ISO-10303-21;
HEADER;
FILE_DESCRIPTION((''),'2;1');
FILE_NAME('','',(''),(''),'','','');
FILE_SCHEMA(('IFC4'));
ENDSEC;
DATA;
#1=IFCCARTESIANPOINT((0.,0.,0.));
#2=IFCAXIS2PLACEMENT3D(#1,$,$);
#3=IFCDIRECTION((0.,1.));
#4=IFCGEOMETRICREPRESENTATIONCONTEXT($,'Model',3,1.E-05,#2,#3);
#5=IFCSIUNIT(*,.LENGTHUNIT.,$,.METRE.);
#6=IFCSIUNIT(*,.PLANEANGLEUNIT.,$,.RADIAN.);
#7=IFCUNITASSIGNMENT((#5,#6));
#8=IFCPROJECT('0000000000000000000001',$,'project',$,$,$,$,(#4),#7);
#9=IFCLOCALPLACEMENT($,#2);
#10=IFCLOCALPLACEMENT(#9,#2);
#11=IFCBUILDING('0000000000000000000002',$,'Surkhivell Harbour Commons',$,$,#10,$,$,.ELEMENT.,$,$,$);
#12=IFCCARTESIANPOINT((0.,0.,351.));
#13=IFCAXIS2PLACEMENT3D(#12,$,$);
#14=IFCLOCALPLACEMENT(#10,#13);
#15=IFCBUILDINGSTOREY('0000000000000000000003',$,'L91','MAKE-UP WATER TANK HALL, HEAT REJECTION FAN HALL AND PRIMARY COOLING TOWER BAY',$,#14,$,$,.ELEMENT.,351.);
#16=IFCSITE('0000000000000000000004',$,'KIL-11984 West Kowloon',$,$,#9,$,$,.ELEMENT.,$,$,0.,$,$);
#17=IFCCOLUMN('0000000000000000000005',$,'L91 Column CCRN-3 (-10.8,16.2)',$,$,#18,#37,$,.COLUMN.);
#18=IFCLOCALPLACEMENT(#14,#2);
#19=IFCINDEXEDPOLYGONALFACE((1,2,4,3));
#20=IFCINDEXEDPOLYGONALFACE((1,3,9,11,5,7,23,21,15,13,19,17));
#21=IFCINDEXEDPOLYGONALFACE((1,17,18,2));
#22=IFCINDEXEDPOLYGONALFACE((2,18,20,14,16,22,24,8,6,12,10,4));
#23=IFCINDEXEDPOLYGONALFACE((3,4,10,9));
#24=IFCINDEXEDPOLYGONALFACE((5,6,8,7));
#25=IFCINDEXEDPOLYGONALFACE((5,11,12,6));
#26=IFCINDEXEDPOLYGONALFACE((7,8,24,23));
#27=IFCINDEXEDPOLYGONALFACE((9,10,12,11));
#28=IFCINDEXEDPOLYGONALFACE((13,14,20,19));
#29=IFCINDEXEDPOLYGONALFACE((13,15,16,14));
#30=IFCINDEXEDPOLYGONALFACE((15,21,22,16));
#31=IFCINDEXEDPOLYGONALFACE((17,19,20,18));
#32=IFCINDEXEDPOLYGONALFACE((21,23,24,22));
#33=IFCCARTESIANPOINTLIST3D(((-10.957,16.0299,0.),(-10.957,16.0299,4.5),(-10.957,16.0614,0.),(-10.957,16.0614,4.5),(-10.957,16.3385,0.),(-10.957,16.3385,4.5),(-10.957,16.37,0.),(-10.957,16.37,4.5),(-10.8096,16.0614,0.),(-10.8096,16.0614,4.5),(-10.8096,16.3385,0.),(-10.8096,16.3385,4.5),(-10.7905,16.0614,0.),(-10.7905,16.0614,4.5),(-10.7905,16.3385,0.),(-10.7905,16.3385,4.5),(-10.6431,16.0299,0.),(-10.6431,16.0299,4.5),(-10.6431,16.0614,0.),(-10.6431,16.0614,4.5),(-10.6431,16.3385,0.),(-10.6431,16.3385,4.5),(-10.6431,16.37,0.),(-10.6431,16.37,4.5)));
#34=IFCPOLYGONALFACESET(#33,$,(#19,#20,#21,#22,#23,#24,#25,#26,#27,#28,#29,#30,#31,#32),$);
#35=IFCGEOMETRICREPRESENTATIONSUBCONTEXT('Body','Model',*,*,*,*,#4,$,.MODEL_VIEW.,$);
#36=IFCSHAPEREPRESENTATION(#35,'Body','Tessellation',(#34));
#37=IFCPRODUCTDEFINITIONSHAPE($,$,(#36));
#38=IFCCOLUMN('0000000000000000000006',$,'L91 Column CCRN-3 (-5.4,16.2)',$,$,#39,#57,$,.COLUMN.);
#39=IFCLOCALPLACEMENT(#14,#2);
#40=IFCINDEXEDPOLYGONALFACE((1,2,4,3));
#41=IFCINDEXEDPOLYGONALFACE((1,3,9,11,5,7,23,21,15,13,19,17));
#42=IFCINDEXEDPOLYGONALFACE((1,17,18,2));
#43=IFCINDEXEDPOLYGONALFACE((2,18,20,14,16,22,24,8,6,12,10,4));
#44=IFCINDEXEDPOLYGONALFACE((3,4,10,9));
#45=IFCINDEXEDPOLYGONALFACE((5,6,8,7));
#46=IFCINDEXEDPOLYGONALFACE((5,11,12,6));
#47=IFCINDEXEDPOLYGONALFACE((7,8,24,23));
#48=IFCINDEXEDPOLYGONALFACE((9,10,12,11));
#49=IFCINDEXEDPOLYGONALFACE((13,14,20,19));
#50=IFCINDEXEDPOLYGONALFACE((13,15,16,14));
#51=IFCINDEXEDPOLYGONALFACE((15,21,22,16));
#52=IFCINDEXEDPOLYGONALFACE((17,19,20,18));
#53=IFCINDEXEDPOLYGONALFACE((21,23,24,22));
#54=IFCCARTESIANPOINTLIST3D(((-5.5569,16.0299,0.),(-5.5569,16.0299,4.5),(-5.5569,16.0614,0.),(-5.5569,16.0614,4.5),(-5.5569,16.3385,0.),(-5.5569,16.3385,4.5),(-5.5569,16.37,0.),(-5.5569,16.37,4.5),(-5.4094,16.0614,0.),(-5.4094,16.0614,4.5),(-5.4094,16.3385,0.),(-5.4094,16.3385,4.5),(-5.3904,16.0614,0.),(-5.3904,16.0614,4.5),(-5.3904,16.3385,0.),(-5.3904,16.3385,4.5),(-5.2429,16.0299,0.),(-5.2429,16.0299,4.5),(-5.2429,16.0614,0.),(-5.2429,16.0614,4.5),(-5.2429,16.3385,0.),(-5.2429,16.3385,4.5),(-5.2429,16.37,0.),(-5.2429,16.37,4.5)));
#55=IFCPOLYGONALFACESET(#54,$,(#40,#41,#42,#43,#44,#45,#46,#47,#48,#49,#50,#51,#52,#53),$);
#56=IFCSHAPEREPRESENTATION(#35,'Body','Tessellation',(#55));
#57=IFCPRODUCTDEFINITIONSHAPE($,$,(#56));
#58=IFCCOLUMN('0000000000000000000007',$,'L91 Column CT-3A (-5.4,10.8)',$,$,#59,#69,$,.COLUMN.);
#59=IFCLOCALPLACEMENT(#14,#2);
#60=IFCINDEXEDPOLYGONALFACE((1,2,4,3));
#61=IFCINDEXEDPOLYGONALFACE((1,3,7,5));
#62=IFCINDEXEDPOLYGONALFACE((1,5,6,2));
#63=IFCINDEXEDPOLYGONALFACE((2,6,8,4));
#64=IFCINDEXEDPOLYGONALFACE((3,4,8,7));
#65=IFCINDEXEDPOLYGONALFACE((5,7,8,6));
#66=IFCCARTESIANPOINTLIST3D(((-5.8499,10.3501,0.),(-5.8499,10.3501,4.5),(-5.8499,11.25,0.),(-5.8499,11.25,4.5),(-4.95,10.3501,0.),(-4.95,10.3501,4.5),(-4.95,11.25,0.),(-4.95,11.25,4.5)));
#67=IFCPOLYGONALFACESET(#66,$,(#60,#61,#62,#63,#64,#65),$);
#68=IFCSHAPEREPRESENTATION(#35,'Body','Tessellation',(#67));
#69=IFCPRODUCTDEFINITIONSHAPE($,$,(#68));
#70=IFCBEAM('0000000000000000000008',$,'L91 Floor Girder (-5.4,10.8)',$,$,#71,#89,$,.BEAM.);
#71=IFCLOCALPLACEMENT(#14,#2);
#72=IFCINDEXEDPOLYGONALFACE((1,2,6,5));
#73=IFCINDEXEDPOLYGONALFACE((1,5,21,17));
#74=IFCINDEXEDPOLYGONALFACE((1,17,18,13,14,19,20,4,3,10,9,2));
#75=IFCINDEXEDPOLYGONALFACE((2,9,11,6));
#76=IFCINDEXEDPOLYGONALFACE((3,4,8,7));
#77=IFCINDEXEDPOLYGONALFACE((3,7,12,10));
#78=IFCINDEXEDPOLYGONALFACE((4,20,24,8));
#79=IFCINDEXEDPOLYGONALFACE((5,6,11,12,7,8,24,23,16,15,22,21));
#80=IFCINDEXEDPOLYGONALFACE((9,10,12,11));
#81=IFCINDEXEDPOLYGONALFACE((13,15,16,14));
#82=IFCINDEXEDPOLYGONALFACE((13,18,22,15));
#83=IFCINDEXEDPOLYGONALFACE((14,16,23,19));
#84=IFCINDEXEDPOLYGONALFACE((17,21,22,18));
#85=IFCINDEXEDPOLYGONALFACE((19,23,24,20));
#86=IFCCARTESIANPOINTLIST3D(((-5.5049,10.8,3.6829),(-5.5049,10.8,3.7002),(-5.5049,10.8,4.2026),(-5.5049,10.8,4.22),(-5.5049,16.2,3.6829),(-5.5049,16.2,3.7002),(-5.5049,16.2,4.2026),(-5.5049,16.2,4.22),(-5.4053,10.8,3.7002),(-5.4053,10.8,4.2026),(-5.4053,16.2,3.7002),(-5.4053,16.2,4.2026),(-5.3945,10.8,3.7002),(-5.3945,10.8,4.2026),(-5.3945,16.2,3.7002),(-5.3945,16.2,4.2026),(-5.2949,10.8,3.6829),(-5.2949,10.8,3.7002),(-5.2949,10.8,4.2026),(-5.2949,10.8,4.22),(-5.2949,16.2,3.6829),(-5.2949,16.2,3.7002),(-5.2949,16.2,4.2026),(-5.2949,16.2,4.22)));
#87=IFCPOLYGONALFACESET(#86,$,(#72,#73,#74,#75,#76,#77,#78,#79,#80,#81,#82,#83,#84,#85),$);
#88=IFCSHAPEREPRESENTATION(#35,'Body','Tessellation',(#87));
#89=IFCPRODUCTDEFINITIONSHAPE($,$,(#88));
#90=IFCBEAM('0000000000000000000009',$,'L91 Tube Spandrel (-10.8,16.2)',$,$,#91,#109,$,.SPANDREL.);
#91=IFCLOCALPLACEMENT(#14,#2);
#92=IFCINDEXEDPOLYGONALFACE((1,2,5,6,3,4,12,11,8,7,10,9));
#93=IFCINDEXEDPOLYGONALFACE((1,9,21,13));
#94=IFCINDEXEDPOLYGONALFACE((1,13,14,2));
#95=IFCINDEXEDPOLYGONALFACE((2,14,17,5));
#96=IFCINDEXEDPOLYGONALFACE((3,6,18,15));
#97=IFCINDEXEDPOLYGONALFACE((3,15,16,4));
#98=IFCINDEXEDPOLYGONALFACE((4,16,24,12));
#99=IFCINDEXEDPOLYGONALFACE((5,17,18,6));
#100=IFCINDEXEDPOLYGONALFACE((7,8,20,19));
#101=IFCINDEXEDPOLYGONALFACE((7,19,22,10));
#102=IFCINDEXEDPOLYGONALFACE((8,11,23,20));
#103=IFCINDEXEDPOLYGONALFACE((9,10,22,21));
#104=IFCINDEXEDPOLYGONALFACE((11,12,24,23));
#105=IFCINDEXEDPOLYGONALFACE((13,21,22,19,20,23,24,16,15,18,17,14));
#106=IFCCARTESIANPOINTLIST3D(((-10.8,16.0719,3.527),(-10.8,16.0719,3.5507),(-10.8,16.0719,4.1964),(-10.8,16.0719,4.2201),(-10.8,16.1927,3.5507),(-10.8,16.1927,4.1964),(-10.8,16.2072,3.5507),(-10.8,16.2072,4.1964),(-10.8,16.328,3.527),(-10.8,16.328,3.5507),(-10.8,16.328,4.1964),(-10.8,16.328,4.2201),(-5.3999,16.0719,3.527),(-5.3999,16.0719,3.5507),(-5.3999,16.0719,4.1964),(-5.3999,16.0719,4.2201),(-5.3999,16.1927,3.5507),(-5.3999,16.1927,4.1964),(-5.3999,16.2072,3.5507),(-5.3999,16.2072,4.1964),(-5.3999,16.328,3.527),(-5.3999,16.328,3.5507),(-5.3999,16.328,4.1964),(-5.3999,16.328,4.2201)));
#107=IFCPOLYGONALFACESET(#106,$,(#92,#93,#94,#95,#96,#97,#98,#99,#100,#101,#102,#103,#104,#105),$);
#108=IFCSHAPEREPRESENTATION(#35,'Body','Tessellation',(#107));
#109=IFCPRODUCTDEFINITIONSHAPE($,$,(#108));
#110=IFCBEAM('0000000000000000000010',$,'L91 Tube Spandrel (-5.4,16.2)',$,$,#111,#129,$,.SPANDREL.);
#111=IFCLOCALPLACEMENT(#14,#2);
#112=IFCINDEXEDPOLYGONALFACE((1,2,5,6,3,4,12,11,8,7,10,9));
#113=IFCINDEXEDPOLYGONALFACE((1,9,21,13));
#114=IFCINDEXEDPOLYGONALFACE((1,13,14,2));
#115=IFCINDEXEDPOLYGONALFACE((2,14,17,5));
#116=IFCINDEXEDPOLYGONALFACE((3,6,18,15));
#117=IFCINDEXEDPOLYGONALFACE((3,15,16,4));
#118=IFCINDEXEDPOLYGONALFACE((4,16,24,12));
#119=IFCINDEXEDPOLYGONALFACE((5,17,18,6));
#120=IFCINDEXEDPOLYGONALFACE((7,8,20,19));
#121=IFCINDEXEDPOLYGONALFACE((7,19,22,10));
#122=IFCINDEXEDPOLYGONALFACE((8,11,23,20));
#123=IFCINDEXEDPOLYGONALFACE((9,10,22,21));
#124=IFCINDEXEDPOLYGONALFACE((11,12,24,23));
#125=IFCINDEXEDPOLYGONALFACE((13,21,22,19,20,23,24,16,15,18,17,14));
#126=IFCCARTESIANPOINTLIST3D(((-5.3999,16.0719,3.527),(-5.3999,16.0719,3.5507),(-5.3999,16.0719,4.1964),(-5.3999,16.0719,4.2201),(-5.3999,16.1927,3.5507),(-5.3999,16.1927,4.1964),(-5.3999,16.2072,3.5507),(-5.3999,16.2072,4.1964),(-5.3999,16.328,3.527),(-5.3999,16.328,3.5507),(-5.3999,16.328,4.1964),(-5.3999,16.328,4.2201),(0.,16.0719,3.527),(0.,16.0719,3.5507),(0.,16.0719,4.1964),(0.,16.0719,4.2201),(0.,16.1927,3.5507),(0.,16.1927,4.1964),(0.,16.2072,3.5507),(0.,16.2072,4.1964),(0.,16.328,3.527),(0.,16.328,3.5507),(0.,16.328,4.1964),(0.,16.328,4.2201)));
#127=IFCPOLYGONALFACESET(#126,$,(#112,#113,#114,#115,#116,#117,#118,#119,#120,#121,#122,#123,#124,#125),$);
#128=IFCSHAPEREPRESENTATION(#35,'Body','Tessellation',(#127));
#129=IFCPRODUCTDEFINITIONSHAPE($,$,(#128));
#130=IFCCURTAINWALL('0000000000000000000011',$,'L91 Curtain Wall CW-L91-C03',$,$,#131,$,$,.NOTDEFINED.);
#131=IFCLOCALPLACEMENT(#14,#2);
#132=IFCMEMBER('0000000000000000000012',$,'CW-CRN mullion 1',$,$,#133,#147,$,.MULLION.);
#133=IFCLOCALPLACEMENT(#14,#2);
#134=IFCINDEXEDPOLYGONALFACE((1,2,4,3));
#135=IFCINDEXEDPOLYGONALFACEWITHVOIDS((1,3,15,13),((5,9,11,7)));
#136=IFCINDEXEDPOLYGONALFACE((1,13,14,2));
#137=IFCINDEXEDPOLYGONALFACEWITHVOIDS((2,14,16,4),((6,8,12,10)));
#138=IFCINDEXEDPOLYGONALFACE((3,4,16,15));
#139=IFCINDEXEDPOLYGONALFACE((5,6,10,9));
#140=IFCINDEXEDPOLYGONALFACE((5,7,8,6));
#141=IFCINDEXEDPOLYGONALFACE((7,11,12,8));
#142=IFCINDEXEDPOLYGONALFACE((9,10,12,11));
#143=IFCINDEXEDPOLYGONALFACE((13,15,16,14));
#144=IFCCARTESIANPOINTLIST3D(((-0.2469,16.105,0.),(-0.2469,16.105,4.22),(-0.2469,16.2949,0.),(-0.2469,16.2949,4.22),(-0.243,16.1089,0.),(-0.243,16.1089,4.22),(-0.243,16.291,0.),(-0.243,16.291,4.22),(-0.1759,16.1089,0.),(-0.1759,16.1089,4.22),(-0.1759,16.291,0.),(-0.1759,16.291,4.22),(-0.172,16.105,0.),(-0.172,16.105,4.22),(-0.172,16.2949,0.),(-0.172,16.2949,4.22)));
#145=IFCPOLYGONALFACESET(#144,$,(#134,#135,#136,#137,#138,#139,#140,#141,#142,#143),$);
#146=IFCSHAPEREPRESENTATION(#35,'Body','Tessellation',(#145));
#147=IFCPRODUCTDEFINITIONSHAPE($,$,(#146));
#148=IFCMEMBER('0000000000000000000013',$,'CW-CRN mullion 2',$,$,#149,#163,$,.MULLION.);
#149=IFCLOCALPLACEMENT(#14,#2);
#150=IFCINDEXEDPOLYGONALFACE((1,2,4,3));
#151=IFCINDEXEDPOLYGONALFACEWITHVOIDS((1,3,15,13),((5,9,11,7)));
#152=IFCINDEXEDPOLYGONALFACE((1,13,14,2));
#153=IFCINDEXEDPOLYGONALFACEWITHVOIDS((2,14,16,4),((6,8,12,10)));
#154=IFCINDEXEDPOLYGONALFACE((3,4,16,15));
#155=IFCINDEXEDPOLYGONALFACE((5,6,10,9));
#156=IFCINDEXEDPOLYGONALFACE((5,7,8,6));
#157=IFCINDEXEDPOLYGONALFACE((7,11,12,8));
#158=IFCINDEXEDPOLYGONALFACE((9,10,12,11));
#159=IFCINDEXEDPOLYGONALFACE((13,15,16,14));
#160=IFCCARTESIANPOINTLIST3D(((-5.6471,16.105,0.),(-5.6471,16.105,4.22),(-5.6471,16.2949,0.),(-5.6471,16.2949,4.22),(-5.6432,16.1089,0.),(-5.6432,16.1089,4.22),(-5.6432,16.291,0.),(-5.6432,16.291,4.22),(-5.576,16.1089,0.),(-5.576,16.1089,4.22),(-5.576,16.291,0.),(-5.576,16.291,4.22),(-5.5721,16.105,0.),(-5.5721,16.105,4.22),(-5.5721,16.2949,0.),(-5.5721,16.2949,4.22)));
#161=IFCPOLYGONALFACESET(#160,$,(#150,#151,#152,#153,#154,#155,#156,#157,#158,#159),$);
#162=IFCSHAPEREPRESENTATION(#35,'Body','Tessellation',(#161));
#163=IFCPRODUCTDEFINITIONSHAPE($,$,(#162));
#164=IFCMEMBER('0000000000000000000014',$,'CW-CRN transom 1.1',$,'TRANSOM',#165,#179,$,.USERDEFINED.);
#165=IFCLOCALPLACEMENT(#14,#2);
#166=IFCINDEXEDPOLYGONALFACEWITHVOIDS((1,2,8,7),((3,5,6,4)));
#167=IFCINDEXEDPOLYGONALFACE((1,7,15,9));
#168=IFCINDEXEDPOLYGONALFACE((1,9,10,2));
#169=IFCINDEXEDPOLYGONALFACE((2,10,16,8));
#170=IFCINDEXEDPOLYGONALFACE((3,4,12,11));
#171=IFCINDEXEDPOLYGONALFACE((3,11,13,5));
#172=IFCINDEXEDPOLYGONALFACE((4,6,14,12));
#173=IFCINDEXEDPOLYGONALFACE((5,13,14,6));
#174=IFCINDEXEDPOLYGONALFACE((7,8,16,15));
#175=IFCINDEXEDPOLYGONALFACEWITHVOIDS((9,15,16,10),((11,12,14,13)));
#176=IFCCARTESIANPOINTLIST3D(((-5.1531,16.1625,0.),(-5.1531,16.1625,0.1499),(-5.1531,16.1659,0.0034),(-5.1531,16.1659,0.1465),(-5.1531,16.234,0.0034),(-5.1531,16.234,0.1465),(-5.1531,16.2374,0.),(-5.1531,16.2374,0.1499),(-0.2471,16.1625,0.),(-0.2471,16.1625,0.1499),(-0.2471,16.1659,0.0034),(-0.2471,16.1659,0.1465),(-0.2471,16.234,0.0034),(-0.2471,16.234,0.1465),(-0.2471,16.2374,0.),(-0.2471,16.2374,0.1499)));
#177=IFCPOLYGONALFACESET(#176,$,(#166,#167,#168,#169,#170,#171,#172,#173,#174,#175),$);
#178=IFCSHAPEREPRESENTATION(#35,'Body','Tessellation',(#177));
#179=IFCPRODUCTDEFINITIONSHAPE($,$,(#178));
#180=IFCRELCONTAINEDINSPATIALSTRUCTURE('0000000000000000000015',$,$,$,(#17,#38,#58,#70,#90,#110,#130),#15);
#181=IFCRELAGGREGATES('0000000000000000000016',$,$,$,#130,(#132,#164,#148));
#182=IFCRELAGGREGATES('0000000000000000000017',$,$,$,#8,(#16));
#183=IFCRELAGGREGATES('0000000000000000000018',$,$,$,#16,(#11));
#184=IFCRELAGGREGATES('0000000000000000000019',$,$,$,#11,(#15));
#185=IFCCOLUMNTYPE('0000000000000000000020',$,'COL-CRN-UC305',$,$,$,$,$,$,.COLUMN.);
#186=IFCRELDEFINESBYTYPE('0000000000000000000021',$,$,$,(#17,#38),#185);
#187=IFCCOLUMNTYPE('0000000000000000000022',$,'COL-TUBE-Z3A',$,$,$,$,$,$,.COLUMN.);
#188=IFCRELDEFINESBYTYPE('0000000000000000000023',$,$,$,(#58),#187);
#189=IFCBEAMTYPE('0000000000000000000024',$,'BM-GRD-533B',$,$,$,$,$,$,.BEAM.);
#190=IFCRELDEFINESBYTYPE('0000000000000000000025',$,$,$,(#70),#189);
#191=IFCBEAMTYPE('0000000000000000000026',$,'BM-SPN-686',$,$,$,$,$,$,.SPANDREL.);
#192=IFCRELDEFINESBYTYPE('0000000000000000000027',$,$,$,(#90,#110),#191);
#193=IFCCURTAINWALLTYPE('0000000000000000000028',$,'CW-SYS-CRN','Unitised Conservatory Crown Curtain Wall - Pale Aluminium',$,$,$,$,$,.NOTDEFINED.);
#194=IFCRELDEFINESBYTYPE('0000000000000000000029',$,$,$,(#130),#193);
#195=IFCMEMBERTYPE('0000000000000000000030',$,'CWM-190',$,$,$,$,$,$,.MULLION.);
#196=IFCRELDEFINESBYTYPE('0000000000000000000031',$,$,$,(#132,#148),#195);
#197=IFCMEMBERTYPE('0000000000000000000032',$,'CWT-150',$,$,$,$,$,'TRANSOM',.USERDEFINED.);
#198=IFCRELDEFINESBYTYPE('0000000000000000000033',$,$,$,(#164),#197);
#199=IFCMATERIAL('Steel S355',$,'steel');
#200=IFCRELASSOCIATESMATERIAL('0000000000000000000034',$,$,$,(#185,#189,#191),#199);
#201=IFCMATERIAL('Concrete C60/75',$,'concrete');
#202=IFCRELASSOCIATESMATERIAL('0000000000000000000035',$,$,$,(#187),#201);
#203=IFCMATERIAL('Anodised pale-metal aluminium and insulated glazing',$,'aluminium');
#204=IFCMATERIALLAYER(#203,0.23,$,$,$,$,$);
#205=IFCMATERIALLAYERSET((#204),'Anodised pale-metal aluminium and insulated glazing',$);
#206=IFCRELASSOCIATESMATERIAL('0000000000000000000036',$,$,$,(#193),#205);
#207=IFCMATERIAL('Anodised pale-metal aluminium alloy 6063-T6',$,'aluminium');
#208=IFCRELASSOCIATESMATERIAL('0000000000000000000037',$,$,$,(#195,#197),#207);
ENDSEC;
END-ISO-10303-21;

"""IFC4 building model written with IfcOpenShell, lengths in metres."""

from ifc_helpers import new_model, si_unit, direction, frame, origin, origin_2d, place, context, subcontext, project, spatial, rectangle, hollow_rectangle, i_section, extrude, material, layer, layer_set, material_profile, profile_set, type_object, element, aggregate, save


model = new_model("IFC4")

# Units and contexts
model_context = context("Model", 3, precision=1e-05, world=origin(), true_north=direction((0.0, 1.0)))
body_context = subcontext(model_context, "Body", "Model", "MODEL_VIEW")
ifc_project = project(units=[si_unit("LENGTHUNIT", "METRE"), si_unit("PLANEANGLEUNIT", "RADIAN")], contexts=[model_context])

# Site, building, storey
site_placement = place(None, origin())
site = spatial("IfcSite", under=ifc_project, at=site_placement, Name="KIL-11984 West Kowloon", CompositionType="ELEMENT", RefElevation=0.0)
building_placement = place(site_placement, origin())
building = spatial("IfcBuilding", under=site, at=building_placement, Name="Surkhivell Harbour Commons", CompositionType="ELEMENT")
storey_placement = place(building_placement, frame((0.0, 0.0, 351.0)))
storey = spatial("IfcBuildingStorey", under=building, at=storey_placement, Name="L91", Description="MAKE-UP WATER TANK HALL, HEAT REJECTION FAN HALL AND PRIMARY COOLING TOWER BAY", CompositionType="ELEMENT", Elevation=351.0)

# Columns
ifc_material_1 = material(Name="Steel S355", Category="steel")
ifc_material_profile_1 = material_profile(ifc_material_1, i_section(OverallWidth=0.314, OverallDepth=0.3401, WebThickness=0.019, FlangeThickness=0.0315, at=origin_2d()), Name="UC305x305x198")
ifc_profile_set_1 = profile_set([ifc_material_profile_1], Name="Steel S355")
column_type_1 = type_object("IfcColumnType", Name="COL-CRN-UC305", PredefinedType="COLUMN", material=ifc_profile_set_1)
for number, where, z_axis, x_axis, name in (
    (1, (-10.8, 16.2, 0.0), (0.0, 0.0, 1.0), (1.0, 0.0, 0.0), "L91 Column CCRN-3 (-10.8,16.2)"),
    (2, (-5.3999, 16.2, 0.0), (0.0, 0.0, 1.0), (1.0, 0.0, 0.0), "L91 Column CCRN-3 (-5.4,16.2)"),
):
    element("IfcColumn", number, at=place(storey_placement, frame(where, z_axis=z_axis, x_axis=x_axis)), inside=storey, type_object=column_type_1, Name=name, PredefinedType="COLUMN", context=body_context, shape_type="SweptSolid", body=[
        extrude(i_section(OverallWidth=0.314, OverallDepth=0.3401, WebThickness=0.019, FlangeThickness=0.0315, at=origin_2d()), origin(), (0.0, 0.0, 1.0), 4.5),
    ])
ifc_material_2 = material(Name="Concrete C60/75", Category="concrete")
ifc_material_profile_2 = material_profile(ifc_material_2, rectangle(XDim=0.8999, YDim=0.8999, at=origin_2d()), Name="RC-COL-900x900")
ifc_profile_set_2 = profile_set([ifc_material_profile_2], Name="Concrete C60/75")
column_type_2 = type_object("IfcColumnType", Name="COL-TUBE-Z3A", PredefinedType="COLUMN", material=ifc_profile_set_2)
column_placement = place(storey_placement, frame((-5.3999, 10.8, 0.0), z_axis=(0.0, 0.0, 1.0), x_axis=(1.0, 0.0, 0.0)))
element("IfcColumn", 3, at=column_placement, inside=storey, type_object=column_type_2, Name="L91 Column CT-3A (-5.4,10.8)", PredefinedType="COLUMN", context=body_context, shape_type="SweptSolid", body=[
    extrude(rectangle(XDim=0.8999, YDim=0.8999, at=origin_2d()), origin(), (0.0, 0.0, 1.0), 4.5),
])

# Beams
ifc_material_profile_3 = material_profile(ifc_material_1, i_section(OverallWidth=0.21, OverallDepth=0.5371, WebThickness=0.0107, FlangeThickness=0.0173, at=origin_2d()), Name="UB533x210x101")
ifc_profile_set_3 = profile_set([ifc_material_profile_3], Name="Steel S355")
beam_type_1 = type_object("IfcBeamType", Name="BM-GRD-533B", PredefinedType="BEAM", material=ifc_profile_set_3)
beam_1_placement = place(storey_placement, frame((-5.3999, 10.8, 3.9514), z_axis=(0.0, 1.0, 0.0), x_axis=(-1.0, 0.0, 0.0)))
element("IfcBeam", 4, at=beam_1_placement, inside=storey, type_object=beam_type_1, Name="L91 Floor Girder (-5.4,10.8)", PredefinedType="BEAM", context=body_context, shape_type="SweptSolid", body=[
    extrude(i_section(OverallWidth=0.21, OverallDepth=0.5371, WebThickness=0.0107, FlangeThickness=0.0173, at=origin_2d()), origin(), (0.0, 0.0, 1.0), 5.3999),
])
ifc_material_profile_4 = material_profile(ifc_material_1, i_section(OverallWidth=0.2561, OverallDepth=0.6931, WebThickness=0.0144, FlangeThickness=0.0237, at=origin_2d()), Name="UB686x254x170")
ifc_profile_set_4 = profile_set([ifc_material_profile_4], Name="Steel S355")
beam_type_2 = type_object("IfcBeamType", Name="BM-SPN-686", PredefinedType="SPANDREL", material=ifc_profile_set_4)
beam_2_placement = place(storey_placement, frame((-10.8, 16.2, 3.8735), z_axis=(1.0, 0.0, 0.0), x_axis=(0.0, 1.0, 0.0)))
element("IfcBeam", 5, at=beam_2_placement, inside=storey, type_object=beam_type_2, Name="L91 Tube Spandrel (-10.8,16.2)", PredefinedType="SPANDREL", context=body_context, shape_type="SweptSolid", body=[
    extrude(i_section(OverallWidth=0.2561, OverallDepth=0.6931, WebThickness=0.0144, FlangeThickness=0.0237, at=origin_2d()), origin(), (0.0, 0.0, 1.0), 5.4001),
])
beam_3_placement = place(storey_placement, frame((-5.3999, 16.2, 3.8735), z_axis=(1.0, 0.0, 0.0), x_axis=(0.0, 1.0, 0.0)))
element("IfcBeam", 6, at=beam_3_placement, inside=storey, type_object=beam_type_2, Name="L91 Tube Spandrel (-5.4,16.2)", PredefinedType="SPANDREL", context=body_context, shape_type="SweptSolid", body=[
    extrude(i_section(OverallWidth=0.2561, OverallDepth=0.6931, WebThickness=0.0144, FlangeThickness=0.0237, at=origin_2d()), origin(), (0.0, 0.0, 1.0), 5.3999),
])

# Curtain wall, members
ifc_material_3 = material(Name="Anodised pale-metal aluminium and insulated glazing", Category="aluminium")
ifc_layer_1 = layer(ifc_material_3, 0.23)
ifc_layer_set_1 = layer_set([ifc_layer_1], Name="Anodised pale-metal aluminium and insulated glazing")
curtain_wall_type = type_object("IfcCurtainWallType", Name="CW-SYS-CRN", Description="Unitised Conservatory Crown Curtain Wall - Pale Aluminium", PredefinedType="NOTDEFINED", material=ifc_layer_set_1)
curtain_wall_placement = place(storey_placement, origin())
curtain_wall = element("IfcCurtainWall", 7, at=curtain_wall_placement, inside=storey, type_object=curtain_wall_type, Name="L91 Curtain Wall CW-L91-C03", PredefinedType="NOTDEFINED")
ifc_material_4 = material(Name="Anodised pale-metal aluminium alloy 6063-T6", Category="aluminium")
ifc_material_profile_5 = material_profile(ifc_material_4, hollow_rectangle(XDim=0.075, YDim=0.1899, WallThickness=0.0039, at=origin_2d()), Name="ALU-MULL-75x190")
ifc_profile_set_5 = profile_set([ifc_material_profile_5], Name="Anodised pale-metal aluminium alloy 6063-T6")
member_type_1 = type_object("IfcMemberType", Name="CWM-190", PredefinedType="MULLION", material=ifc_profile_set_5)
member_1_placement = place(storey_placement, frame((-0.2095, 16.2, 0.0), z_axis=(0.0, 0.0, 1.0), x_axis=(-1.0, 0.0, 0.0)))
member_1 = element("IfcMember", 8, at=member_1_placement, type_object=member_type_1, Name="CW-CRN mullion 1", PredefinedType="MULLION", context=body_context, shape_type="SweptSolid", body=[
    extrude(hollow_rectangle(XDim=0.075, YDim=0.1899, WallThickness=0.0039, at=origin_2d()), origin(), (0.0, 0.0, 1.0), 4.22),
])
member_2_placement = place(storey_placement, frame((-5.6096, 16.2, 0.0), z_axis=(0.0, 0.0, 1.0), x_axis=(-1.0, 0.0, 0.0)))
member_2 = element("IfcMember", 9, at=member_2_placement, type_object=member_type_1, Name="CW-CRN mullion 2", PredefinedType="MULLION", context=body_context, shape_type="SweptSolid", body=[
    extrude(hollow_rectangle(XDim=0.075, YDim=0.1899, WallThickness=0.0039, at=origin_2d()), origin(), (0.0, 0.0, 1.0), 4.22),
])
ifc_material_profile_6 = material_profile(ifc_material_4, hollow_rectangle(XDim=0.075, YDim=0.1499, WallThickness=0.0034, at=origin_2d()), Name="ALU-TRAN-75x150")
ifc_profile_set_6 = profile_set([ifc_material_profile_6], Name="Anodised pale-metal aluminium alloy 6063-T6")
member_type_2 = type_object("IfcMemberType", Name="CWT-150", ElementType="TRANSOM", PredefinedType="USERDEFINED", material=ifc_profile_set_6)
member_3_placement = place(storey_placement, frame((-0.2471, 16.2, 0.075), z_axis=(-1.0, 0.0, 0.0), x_axis=(0.0, -1.0, 0.0)))
member_3 = element("IfcMember", 10, at=member_3_placement, type_object=member_type_2, Name="CW-CRN transom 1.1", ObjectType="TRANSOM", PredefinedType="USERDEFINED", context=body_context, shape_type="SweptSolid", body=[
    extrude(hollow_rectangle(XDim=0.075, YDim=0.1499, WallThickness=0.0034, at=origin_2d()), origin(), (0.0, 0.0, 1.0), 4.906),
])
aggregate(curtain_wall, [member_1, member_3, member_2])

save(model, "model.ifc")
